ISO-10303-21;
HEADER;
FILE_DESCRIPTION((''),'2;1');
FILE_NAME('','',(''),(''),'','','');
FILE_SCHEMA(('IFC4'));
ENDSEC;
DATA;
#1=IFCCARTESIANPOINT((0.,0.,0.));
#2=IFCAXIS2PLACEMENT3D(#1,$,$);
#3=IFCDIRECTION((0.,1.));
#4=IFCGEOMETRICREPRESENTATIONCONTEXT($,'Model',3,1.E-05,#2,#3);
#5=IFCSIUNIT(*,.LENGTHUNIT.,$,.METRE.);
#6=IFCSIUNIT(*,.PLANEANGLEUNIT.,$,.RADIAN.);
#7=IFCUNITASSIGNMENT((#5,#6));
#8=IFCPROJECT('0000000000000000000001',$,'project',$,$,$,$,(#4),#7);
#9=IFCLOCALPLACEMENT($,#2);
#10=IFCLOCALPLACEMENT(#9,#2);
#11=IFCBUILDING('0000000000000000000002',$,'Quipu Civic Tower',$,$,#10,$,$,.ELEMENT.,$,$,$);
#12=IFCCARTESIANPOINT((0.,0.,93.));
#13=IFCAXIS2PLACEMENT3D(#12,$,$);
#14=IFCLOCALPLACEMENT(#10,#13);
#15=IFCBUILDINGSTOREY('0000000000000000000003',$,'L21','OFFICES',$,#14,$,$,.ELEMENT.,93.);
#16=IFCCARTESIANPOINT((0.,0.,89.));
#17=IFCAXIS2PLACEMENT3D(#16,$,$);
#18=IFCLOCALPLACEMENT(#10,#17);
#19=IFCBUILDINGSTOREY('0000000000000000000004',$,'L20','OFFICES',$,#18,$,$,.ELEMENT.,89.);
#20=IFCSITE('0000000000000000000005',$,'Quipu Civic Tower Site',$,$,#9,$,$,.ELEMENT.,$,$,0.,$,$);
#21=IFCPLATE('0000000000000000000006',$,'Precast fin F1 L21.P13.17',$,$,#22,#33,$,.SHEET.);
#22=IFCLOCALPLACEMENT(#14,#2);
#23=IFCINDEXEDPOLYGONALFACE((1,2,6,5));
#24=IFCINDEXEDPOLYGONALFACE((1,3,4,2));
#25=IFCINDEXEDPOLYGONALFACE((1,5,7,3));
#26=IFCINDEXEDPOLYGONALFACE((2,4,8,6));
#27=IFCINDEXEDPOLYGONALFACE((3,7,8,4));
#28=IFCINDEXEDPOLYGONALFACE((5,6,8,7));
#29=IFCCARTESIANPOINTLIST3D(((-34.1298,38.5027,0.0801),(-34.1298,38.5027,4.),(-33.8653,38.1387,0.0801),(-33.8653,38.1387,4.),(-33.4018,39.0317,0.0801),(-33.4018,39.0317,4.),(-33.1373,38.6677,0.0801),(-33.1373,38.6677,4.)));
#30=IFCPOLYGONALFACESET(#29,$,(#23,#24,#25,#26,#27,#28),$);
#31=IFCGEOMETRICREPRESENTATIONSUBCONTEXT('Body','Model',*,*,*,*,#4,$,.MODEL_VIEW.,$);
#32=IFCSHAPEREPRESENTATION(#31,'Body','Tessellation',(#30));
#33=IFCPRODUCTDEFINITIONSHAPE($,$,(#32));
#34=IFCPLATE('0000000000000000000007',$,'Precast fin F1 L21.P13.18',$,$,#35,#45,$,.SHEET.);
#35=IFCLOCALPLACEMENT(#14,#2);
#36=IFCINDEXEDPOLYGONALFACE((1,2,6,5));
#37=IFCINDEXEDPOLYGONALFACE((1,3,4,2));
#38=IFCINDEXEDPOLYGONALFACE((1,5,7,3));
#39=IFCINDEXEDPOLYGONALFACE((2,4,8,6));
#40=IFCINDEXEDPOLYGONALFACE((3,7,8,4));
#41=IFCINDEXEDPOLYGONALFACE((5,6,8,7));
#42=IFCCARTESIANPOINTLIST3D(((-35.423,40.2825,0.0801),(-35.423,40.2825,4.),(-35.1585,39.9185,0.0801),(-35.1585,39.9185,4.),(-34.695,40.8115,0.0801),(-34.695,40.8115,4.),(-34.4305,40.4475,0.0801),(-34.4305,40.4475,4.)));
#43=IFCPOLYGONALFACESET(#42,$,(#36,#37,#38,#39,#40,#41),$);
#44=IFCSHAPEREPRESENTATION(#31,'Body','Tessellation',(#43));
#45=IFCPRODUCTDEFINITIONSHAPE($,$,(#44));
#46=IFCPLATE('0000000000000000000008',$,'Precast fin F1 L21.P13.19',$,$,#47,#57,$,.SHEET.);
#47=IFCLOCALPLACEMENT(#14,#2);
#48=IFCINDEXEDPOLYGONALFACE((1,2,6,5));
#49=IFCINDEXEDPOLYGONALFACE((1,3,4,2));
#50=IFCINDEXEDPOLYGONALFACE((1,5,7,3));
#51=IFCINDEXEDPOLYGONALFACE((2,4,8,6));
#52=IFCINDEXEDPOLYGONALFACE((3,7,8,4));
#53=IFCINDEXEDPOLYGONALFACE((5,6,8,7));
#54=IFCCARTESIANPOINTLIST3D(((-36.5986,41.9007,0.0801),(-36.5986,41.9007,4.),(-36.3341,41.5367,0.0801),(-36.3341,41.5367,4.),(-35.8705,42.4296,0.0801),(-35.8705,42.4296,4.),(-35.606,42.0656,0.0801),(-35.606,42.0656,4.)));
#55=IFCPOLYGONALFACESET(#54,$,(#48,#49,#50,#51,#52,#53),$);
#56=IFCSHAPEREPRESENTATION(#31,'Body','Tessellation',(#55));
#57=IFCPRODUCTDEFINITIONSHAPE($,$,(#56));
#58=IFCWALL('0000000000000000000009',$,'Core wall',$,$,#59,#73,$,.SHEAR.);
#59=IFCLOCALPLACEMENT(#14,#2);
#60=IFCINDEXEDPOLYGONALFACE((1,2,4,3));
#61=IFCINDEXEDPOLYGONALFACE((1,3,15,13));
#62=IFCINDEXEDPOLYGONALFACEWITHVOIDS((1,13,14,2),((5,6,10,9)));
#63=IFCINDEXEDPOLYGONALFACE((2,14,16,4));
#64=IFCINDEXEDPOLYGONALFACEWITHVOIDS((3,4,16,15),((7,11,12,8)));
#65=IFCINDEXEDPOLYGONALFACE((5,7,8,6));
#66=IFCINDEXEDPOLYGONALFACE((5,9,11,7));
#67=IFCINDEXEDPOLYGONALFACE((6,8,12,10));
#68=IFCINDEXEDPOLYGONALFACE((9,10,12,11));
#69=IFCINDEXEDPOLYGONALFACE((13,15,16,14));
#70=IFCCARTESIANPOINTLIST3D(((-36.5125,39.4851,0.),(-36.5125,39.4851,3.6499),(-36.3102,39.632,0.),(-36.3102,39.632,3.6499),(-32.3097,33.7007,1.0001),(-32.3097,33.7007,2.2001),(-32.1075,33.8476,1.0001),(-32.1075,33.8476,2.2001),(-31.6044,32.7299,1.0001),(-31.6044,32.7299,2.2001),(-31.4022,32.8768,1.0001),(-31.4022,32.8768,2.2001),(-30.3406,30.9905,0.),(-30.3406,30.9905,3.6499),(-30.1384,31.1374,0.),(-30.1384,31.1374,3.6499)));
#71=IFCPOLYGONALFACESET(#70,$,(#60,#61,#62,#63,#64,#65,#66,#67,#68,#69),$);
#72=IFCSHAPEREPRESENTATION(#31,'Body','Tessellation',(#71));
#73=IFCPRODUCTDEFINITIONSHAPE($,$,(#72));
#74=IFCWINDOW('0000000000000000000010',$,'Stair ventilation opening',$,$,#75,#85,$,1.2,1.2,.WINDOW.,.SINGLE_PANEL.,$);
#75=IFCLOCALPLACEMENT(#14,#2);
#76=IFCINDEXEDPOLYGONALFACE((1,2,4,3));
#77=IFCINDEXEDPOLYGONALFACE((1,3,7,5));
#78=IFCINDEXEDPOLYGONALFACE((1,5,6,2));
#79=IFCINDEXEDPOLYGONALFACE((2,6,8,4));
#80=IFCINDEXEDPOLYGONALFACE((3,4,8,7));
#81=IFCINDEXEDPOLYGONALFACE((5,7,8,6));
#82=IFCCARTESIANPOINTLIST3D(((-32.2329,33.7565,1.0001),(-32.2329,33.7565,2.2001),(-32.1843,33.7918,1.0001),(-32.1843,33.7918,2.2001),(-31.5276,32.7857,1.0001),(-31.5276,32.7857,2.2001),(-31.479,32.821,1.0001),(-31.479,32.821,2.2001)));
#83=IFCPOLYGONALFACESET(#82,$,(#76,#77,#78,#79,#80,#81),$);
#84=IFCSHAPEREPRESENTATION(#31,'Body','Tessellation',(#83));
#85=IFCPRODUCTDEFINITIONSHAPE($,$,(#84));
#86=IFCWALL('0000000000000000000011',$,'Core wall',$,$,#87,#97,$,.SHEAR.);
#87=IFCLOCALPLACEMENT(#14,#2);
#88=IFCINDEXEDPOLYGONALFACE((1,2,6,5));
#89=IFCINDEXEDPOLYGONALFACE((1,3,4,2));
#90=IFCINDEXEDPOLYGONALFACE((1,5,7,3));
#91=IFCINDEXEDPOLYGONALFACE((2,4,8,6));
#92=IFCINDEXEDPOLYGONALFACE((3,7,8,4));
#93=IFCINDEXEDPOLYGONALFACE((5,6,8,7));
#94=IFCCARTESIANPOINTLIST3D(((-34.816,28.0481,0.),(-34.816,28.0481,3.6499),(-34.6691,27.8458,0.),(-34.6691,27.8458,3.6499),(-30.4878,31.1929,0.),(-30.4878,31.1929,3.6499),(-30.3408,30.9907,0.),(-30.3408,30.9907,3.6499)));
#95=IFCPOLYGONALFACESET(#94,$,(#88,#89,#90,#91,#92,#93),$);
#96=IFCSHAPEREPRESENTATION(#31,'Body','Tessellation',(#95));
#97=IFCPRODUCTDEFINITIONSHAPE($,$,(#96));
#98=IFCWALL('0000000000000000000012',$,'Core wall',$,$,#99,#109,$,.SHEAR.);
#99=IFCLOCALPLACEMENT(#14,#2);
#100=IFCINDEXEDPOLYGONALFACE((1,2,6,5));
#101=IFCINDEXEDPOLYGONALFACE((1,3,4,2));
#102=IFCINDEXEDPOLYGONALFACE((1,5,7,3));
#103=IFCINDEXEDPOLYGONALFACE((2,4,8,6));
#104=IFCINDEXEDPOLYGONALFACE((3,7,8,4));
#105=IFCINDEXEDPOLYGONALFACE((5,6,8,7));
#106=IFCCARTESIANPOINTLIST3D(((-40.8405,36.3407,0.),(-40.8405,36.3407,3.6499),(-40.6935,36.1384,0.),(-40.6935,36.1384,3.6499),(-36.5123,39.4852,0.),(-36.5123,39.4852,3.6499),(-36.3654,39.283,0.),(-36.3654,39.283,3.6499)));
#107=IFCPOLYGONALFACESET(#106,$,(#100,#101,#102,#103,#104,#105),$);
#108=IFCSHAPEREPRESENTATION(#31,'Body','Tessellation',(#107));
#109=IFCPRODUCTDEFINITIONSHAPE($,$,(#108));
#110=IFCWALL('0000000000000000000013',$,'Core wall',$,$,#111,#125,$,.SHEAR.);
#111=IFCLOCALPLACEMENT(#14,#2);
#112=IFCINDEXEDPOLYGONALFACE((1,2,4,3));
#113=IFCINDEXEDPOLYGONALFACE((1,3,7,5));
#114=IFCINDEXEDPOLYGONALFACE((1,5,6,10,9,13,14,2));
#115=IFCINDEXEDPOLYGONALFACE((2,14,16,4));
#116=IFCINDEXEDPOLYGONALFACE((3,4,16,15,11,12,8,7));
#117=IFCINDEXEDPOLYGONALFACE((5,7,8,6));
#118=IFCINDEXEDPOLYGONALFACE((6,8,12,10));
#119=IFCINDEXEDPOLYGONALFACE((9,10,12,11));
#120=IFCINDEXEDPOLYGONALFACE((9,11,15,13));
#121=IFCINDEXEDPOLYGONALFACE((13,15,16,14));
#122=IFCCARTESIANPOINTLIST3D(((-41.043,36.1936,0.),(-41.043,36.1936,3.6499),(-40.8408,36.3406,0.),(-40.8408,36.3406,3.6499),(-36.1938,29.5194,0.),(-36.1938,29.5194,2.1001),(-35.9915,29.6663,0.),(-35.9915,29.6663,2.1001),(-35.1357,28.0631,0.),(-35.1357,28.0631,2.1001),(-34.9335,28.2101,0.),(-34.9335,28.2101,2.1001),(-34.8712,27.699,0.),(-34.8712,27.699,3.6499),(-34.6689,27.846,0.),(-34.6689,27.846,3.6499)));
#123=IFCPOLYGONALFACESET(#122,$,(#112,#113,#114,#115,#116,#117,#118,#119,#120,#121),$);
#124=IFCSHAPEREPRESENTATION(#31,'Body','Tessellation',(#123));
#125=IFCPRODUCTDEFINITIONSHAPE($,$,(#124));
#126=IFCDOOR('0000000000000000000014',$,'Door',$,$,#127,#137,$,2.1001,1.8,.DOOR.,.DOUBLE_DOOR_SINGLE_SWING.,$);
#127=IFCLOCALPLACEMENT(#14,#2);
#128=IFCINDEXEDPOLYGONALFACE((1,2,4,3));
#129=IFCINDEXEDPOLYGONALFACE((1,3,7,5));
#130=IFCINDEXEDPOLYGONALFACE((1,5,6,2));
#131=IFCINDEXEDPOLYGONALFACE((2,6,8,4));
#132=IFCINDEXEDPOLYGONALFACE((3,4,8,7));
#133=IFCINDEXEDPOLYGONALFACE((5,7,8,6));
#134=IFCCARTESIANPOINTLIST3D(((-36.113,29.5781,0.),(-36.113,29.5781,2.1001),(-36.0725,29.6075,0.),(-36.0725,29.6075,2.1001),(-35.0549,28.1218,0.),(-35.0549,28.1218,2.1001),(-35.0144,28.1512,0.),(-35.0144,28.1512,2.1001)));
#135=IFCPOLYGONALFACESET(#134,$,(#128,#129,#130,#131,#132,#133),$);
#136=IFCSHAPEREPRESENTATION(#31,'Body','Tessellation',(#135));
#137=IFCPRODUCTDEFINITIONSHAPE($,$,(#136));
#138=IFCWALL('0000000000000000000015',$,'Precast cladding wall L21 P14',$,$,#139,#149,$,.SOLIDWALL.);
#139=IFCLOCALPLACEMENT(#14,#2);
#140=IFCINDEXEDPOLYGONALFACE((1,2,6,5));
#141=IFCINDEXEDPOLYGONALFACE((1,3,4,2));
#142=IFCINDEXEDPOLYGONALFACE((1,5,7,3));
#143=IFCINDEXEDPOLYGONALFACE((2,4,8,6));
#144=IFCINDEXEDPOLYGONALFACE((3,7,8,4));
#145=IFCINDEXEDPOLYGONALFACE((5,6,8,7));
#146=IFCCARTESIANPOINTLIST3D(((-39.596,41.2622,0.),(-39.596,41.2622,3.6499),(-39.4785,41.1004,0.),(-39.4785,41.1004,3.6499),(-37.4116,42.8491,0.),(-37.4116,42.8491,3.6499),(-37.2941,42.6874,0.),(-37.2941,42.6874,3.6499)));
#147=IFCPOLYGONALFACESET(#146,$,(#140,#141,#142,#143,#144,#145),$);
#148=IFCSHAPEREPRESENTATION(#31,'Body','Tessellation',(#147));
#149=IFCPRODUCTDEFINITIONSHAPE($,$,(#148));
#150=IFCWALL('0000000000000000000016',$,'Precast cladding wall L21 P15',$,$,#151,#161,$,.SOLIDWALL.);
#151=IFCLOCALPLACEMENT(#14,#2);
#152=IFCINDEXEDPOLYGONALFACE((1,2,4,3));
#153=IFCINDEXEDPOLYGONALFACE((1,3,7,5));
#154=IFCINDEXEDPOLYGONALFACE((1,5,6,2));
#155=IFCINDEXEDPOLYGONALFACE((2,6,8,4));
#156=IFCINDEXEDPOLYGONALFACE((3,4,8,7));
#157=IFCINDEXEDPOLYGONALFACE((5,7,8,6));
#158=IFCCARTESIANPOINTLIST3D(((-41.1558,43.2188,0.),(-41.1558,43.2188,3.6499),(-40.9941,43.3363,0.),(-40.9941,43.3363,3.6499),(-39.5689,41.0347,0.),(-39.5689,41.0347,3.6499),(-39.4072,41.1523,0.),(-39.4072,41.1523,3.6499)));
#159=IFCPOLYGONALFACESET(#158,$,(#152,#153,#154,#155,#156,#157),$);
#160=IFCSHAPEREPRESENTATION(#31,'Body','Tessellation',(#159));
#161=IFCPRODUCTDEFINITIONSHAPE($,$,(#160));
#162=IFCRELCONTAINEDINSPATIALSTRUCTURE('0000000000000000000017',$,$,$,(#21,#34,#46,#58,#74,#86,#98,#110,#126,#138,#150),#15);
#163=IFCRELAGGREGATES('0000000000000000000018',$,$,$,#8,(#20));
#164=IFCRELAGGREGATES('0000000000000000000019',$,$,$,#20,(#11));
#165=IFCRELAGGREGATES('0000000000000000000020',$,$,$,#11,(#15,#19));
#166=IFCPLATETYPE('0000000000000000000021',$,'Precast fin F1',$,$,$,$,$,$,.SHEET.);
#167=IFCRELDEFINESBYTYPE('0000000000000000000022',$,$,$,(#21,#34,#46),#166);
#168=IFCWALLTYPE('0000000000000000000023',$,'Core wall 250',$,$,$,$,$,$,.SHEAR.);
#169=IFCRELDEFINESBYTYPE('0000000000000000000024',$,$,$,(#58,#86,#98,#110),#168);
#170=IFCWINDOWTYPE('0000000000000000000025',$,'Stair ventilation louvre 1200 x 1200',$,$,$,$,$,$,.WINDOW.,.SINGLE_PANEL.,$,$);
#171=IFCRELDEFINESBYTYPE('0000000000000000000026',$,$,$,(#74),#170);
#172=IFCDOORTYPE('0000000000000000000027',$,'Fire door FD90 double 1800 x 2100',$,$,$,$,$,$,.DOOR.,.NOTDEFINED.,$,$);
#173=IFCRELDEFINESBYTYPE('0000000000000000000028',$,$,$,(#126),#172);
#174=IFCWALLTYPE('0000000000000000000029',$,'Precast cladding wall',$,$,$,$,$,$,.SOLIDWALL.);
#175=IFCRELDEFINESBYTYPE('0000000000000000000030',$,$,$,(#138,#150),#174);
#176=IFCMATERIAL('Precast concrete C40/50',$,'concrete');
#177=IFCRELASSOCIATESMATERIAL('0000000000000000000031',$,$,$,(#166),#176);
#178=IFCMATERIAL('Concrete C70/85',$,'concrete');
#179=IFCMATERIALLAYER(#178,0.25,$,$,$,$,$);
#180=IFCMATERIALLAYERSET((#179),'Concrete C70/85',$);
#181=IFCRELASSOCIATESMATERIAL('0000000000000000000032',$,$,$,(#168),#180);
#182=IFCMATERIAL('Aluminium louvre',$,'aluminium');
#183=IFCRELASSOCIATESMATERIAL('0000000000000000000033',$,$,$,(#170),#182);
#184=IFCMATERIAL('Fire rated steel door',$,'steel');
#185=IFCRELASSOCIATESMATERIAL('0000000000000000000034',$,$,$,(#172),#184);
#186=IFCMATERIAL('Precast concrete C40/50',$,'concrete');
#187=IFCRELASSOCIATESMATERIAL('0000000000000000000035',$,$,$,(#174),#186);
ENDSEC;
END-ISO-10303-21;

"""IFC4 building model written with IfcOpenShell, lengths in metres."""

from ifc_helpers import new_model, si_unit, direction, frame, frame_2d, origin, origin_2d, place, context, subcontext, project, spatial, rectangle, extrude, material, layer, layer_set, type_object, element, fill, save


model = new_model("IFC4")

# Units and contexts
model_context = context("Model", 3, precision=1e-05, world=origin(), true_north=direction((0.0, 1.0)))
body_context = subcontext(model_context, "Body", "Model", "MODEL_VIEW")
ifc_project = project(units=[si_unit("LENGTHUNIT", "METRE"), si_unit("PLANEANGLEUNIT", "RADIAN")], contexts=[model_context])

# Site, building, storey
site_placement = place(None, origin())
site = spatial("IfcSite", under=ifc_project, at=site_placement, Name="Quipu Civic Tower Site", CompositionType="ELEMENT", RefElevation=0.0)
building_placement = place(site_placement, origin())
building = spatial("IfcBuilding", under=site, at=building_placement, Name="Quipu Civic Tower", CompositionType="ELEMENT")
storey_1_placement = place(building_placement, frame((0.0, 0.0, 93.0)))
storey_1 = spatial("IfcBuildingStorey", under=building, at=storey_1_placement, Name="L21", Description="OFFICES", CompositionType="ELEMENT", Elevation=93.0)

# Shared definitions
storey_2_placement = place(building_placement, frame((0.0, 0.0, 89.0)))
storey_2 = spatial("IfcBuildingStorey", under=building, at=storey_2_placement, Name="L20", Description="OFFICES", CompositionType="ELEMENT", Elevation=89.0)

# Plates
ifc_material_1 = material(Name="Precast concrete C40/50", Category="concrete")
plate_type_1 = type_object("IfcPlateType", Name="Precast fin F1", PredefinedType="SHEET", material=ifc_material_1)
for number, where, z_axis, x_axis, name in (
    (1, (-33.6335, 38.5852, 0.0801), (0.0, 0.0, 1.0), (-0.587785, 0.809017, 0.0), "Precast fin F1 L21.P13.17"),
    (2, (-34.9268, 40.365, 0.0801), (0.0, 0.0, 1.0), (-0.587785, 0.809017, 0.0), "Precast fin F1 L21.P13.18"),
    (3, (-36.1023, 41.9832, 0.0801), (0.0, 0.0, 1.0), (-0.587785, 0.809017, 0.0), "Precast fin F1 L21.P13.19"),
):
    element("IfcPlate", number, at=place(storey_1_placement, frame(where, z_axis=z_axis, x_axis=x_axis)), inside=storey_1, type_object=plate_type_1, Name=name, PredefinedType="SHEET", context=body_context, shape_type="SweptSolid", body=[
        extrude(rectangle(XDim=0.45, YDim=0.8999, at=origin_2d()), origin(), (0.0, 0.0, 1.0), 3.9199),
    ])

# Wall, opening, window
ifc_material_2 = material(Name="Concrete C70/85", Category="concrete")
ifc_layer_1 = layer(ifc_material_2, 0.25)
ifc_layer_set_1 = layer_set([ifc_layer_1], Name="Concrete C70/85")
wall_type_1 = type_object("IfcWallType", Name="Core wall 250", PredefinedType="SHEAR", material=ifc_layer_set_1)
wall_1_placement = place(storey_1_placement, frame((-30.2395, 31.064, 0.0), z_axis=(0.0, 0.0, 1.0), x_axis=(-0.587796, 0.809009, 0.0)))
wall_1 = element("IfcWall", 4, at=wall_1_placement, inside=storey_1, type_object=wall_type_1, Name="Core wall", PredefinedType="SHEAR", context=body_context, shape_type="SweptSolid", body=[
    extrude(rectangle(XDim=10.5, YDim=0.25, at=frame_2d((5.25, 0.0))), origin(), (0.0, 0.0, 1.0), 3.6499),
])
opening_1_placement = place(wall_1_placement, frame((2.1499, 0.0, 1.0)))
opening_1 = element("IfcOpeningElement", 5, at=opening_1_placement, cuts=wall_1, PredefinedType="OPENING", context=body_context, shape_type="SweptSolid", body=[
    extrude(rectangle(XDim=1.2, YDim=1.2, at=frame_2d((0.6001, 0.6001))), frame((0.0, 0.135, 0.0), z_axis=(0.0, -1.0, 0.0), x_axis=(1.0, 0.0, 0.0)), (0.0, 0.0, 1.0), 0.27),
])
ifc_material_3 = material(Name="Aluminium louvre", Category="aluminium")
window_type = type_object("IfcWindowType", Name="Stair ventilation louvre 1200 x 1200", PartitioningType="SINGLE_PANEL", PredefinedType="WINDOW", material=ifc_material_3)
window_placement = place(opening_1_placement, origin())
window = element("IfcWindow", 6, at=window_placement, inside=storey_1, type_object=window_type, Name="Stair ventilation opening", OverallHeight=1.2, OverallWidth=1.2, PartitioningType="SINGLE_PANEL", PredefinedType="WINDOW", context=body_context, shape_type="SweptSolid", body=[
    extrude(rectangle(XDim=1.2, YDim=1.2, at=frame_2d((0.6001, 0.6001))), frame((0.0, 0.03, 0.0), z_axis=(0.0, -1.0, 0.0), x_axis=(1.0, 0.0, 0.0)), (0.0, 0.0, 1.0), 0.0601),
])
fill(opening_1, window)

# Walls
wall_2_placement = place(storey_1_placement, frame((-30.4143, 31.0918, 0.0), z_axis=(0.0, 0.0, 1.0), x_axis=(-0.808998, -0.587811, 0.0)))
element("IfcWall", 7, at=wall_2_placement, inside=storey_1, type_object=wall_type_1, Name="Core wall", PredefinedType="SHEAR", context=body_context, shape_type="SweptSolid", body=[
    extrude(rectangle(XDim=5.3501, YDim=0.25, at=frame_2d((2.675, 0.0))), origin(), (0.0, 0.0, 1.0), 3.6499),
])
wall_3_placement = place(storey_1_placement, frame((-36.439, 39.384, 0.0), z_axis=(0.0, 0.0, 1.0), x_axis=(-0.80902, -0.587781, 0.0)))
element("IfcWall", 8, at=wall_3_placement, inside=storey_1, type_object=wall_type_1, Name="Core wall", PredefinedType="SHEAR", context=body_context, shape_type="SweptSolid", body=[
    extrude(rectangle(XDim=5.3499, YDim=0.25, at=frame_2d((2.6748, 0.0))), origin(), (0.0, 0.0, 1.0), 3.6499),
])

# Wall, opening, door
wall_4_placement = place(storey_1_placement, frame((-40.9419, 36.2671, 0.0), z_axis=(0.0, 0.0, 1.0), x_axis=(0.587796, -0.809009, 0.0)))
wall_4 = element("IfcWall", 9, at=wall_4_placement, inside=storey_1, type_object=wall_type_1, Name="Core wall", PredefinedType="SHEAR", context=body_context, shape_type="SweptSolid", body=[
    extrude(rectangle(XDim=10.5, YDim=0.25, at=frame_2d((5.25, 0.0))), origin(), (0.0, 0.0, 1.0), 3.6499),
])
opening_2_placement = place(wall_4_placement, frame((8.25, 0.0, 0.0)))
opening_2 = element("IfcOpeningElement", 10, at=opening_2_placement, cuts=wall_4, PredefinedType="OPENING", context=body_context, shape_type="SweptSolid", body=[
    extrude(rectangle(XDim=1.8, YDim=2.1001, at=frame_2d((0.8999, 1.05))), frame((0.0, 0.135, 0.0), z_axis=(0.0, -1.0, 0.0), x_axis=(1.0, 0.0, 0.0)), (0.0, 0.0, 1.0), 0.27),
])
ifc_material_4 = material(Name="Fire rated steel door", Category="steel")
door_type = type_object("IfcDoorType", Name="Fire door FD90 double 1800 x 2100", OperationType="NOTDEFINED", PredefinedType="DOOR", material=ifc_material_4)
door_placement = place(opening_2_placement, origin())
door = element("IfcDoor", 11, at=door_placement, inside=storey_1, type_object=door_type, Name="Door", OperationType="DOUBLE_DOOR_SINGLE_SWING", OverallHeight=2.1001, OverallWidth=1.8, PredefinedType="DOOR", context=body_context, shape_type="SweptSolid", body=[
    extrude(rectangle(XDim=1.8, YDim=2.1001, at=frame_2d((0.8999, 1.05))), frame((0.0, 0.0249, 0.0), z_axis=(0.0, -1.0, 0.0), x_axis=(1.0, 0.0, 0.0)), (0.0, 0.0, 1.0), 0.05),
])
fill(opening_2, door)

# Walls
ifc_material_5 = material(Name="Precast concrete C40/50", Category="concrete")
wall_type_2 = type_object("IfcWallType", Name="Precast cladding wall", PredefinedType="SOLIDWALL", material=ifc_material_5)
wall_5_placement = place(storey_1_placement, frame((-37.3528, 42.7683, 0.0), z_axis=(0.0, 0.0, 1.0), x_axis=(-0.809033, -0.587763, 0.0)))
element("IfcWall", 12, at=wall_5_placement, inside=storey_1, type_object=wall_type_2, Name="Precast cladding wall L21 P14", PredefinedType="SOLIDWALL", context=body_context, shape_type="SweptSolid", body=[
    extrude(rectangle(XDim=2.7, YDim=0.2, at=frame_2d((1.3501, 0.0))), origin(), (0.0, 0.0, 1.0), 3.6499),
])
wall_6_placement = place(storey_1_placement, frame((-39.488, 41.0935, 0.0), z_axis=(0.0, 0.0, 1.0), x_axis=(-0.587806, 0.809002, 0.0)))
element("IfcWall", 13, at=wall_6_placement, inside=storey_1, type_object=wall_type_2, Name="Precast cladding wall L21 P15", PredefinedType="SOLIDWALL", context=body_context, shape_type="SweptSolid", body=[
    extrude(rectangle(XDim=2.6997, YDim=0.2, at=frame_2d((1.3499, 0.0))), origin(), (0.0, 0.0, 1.0), 3.6499),
])

save(model, "model.ifc")
